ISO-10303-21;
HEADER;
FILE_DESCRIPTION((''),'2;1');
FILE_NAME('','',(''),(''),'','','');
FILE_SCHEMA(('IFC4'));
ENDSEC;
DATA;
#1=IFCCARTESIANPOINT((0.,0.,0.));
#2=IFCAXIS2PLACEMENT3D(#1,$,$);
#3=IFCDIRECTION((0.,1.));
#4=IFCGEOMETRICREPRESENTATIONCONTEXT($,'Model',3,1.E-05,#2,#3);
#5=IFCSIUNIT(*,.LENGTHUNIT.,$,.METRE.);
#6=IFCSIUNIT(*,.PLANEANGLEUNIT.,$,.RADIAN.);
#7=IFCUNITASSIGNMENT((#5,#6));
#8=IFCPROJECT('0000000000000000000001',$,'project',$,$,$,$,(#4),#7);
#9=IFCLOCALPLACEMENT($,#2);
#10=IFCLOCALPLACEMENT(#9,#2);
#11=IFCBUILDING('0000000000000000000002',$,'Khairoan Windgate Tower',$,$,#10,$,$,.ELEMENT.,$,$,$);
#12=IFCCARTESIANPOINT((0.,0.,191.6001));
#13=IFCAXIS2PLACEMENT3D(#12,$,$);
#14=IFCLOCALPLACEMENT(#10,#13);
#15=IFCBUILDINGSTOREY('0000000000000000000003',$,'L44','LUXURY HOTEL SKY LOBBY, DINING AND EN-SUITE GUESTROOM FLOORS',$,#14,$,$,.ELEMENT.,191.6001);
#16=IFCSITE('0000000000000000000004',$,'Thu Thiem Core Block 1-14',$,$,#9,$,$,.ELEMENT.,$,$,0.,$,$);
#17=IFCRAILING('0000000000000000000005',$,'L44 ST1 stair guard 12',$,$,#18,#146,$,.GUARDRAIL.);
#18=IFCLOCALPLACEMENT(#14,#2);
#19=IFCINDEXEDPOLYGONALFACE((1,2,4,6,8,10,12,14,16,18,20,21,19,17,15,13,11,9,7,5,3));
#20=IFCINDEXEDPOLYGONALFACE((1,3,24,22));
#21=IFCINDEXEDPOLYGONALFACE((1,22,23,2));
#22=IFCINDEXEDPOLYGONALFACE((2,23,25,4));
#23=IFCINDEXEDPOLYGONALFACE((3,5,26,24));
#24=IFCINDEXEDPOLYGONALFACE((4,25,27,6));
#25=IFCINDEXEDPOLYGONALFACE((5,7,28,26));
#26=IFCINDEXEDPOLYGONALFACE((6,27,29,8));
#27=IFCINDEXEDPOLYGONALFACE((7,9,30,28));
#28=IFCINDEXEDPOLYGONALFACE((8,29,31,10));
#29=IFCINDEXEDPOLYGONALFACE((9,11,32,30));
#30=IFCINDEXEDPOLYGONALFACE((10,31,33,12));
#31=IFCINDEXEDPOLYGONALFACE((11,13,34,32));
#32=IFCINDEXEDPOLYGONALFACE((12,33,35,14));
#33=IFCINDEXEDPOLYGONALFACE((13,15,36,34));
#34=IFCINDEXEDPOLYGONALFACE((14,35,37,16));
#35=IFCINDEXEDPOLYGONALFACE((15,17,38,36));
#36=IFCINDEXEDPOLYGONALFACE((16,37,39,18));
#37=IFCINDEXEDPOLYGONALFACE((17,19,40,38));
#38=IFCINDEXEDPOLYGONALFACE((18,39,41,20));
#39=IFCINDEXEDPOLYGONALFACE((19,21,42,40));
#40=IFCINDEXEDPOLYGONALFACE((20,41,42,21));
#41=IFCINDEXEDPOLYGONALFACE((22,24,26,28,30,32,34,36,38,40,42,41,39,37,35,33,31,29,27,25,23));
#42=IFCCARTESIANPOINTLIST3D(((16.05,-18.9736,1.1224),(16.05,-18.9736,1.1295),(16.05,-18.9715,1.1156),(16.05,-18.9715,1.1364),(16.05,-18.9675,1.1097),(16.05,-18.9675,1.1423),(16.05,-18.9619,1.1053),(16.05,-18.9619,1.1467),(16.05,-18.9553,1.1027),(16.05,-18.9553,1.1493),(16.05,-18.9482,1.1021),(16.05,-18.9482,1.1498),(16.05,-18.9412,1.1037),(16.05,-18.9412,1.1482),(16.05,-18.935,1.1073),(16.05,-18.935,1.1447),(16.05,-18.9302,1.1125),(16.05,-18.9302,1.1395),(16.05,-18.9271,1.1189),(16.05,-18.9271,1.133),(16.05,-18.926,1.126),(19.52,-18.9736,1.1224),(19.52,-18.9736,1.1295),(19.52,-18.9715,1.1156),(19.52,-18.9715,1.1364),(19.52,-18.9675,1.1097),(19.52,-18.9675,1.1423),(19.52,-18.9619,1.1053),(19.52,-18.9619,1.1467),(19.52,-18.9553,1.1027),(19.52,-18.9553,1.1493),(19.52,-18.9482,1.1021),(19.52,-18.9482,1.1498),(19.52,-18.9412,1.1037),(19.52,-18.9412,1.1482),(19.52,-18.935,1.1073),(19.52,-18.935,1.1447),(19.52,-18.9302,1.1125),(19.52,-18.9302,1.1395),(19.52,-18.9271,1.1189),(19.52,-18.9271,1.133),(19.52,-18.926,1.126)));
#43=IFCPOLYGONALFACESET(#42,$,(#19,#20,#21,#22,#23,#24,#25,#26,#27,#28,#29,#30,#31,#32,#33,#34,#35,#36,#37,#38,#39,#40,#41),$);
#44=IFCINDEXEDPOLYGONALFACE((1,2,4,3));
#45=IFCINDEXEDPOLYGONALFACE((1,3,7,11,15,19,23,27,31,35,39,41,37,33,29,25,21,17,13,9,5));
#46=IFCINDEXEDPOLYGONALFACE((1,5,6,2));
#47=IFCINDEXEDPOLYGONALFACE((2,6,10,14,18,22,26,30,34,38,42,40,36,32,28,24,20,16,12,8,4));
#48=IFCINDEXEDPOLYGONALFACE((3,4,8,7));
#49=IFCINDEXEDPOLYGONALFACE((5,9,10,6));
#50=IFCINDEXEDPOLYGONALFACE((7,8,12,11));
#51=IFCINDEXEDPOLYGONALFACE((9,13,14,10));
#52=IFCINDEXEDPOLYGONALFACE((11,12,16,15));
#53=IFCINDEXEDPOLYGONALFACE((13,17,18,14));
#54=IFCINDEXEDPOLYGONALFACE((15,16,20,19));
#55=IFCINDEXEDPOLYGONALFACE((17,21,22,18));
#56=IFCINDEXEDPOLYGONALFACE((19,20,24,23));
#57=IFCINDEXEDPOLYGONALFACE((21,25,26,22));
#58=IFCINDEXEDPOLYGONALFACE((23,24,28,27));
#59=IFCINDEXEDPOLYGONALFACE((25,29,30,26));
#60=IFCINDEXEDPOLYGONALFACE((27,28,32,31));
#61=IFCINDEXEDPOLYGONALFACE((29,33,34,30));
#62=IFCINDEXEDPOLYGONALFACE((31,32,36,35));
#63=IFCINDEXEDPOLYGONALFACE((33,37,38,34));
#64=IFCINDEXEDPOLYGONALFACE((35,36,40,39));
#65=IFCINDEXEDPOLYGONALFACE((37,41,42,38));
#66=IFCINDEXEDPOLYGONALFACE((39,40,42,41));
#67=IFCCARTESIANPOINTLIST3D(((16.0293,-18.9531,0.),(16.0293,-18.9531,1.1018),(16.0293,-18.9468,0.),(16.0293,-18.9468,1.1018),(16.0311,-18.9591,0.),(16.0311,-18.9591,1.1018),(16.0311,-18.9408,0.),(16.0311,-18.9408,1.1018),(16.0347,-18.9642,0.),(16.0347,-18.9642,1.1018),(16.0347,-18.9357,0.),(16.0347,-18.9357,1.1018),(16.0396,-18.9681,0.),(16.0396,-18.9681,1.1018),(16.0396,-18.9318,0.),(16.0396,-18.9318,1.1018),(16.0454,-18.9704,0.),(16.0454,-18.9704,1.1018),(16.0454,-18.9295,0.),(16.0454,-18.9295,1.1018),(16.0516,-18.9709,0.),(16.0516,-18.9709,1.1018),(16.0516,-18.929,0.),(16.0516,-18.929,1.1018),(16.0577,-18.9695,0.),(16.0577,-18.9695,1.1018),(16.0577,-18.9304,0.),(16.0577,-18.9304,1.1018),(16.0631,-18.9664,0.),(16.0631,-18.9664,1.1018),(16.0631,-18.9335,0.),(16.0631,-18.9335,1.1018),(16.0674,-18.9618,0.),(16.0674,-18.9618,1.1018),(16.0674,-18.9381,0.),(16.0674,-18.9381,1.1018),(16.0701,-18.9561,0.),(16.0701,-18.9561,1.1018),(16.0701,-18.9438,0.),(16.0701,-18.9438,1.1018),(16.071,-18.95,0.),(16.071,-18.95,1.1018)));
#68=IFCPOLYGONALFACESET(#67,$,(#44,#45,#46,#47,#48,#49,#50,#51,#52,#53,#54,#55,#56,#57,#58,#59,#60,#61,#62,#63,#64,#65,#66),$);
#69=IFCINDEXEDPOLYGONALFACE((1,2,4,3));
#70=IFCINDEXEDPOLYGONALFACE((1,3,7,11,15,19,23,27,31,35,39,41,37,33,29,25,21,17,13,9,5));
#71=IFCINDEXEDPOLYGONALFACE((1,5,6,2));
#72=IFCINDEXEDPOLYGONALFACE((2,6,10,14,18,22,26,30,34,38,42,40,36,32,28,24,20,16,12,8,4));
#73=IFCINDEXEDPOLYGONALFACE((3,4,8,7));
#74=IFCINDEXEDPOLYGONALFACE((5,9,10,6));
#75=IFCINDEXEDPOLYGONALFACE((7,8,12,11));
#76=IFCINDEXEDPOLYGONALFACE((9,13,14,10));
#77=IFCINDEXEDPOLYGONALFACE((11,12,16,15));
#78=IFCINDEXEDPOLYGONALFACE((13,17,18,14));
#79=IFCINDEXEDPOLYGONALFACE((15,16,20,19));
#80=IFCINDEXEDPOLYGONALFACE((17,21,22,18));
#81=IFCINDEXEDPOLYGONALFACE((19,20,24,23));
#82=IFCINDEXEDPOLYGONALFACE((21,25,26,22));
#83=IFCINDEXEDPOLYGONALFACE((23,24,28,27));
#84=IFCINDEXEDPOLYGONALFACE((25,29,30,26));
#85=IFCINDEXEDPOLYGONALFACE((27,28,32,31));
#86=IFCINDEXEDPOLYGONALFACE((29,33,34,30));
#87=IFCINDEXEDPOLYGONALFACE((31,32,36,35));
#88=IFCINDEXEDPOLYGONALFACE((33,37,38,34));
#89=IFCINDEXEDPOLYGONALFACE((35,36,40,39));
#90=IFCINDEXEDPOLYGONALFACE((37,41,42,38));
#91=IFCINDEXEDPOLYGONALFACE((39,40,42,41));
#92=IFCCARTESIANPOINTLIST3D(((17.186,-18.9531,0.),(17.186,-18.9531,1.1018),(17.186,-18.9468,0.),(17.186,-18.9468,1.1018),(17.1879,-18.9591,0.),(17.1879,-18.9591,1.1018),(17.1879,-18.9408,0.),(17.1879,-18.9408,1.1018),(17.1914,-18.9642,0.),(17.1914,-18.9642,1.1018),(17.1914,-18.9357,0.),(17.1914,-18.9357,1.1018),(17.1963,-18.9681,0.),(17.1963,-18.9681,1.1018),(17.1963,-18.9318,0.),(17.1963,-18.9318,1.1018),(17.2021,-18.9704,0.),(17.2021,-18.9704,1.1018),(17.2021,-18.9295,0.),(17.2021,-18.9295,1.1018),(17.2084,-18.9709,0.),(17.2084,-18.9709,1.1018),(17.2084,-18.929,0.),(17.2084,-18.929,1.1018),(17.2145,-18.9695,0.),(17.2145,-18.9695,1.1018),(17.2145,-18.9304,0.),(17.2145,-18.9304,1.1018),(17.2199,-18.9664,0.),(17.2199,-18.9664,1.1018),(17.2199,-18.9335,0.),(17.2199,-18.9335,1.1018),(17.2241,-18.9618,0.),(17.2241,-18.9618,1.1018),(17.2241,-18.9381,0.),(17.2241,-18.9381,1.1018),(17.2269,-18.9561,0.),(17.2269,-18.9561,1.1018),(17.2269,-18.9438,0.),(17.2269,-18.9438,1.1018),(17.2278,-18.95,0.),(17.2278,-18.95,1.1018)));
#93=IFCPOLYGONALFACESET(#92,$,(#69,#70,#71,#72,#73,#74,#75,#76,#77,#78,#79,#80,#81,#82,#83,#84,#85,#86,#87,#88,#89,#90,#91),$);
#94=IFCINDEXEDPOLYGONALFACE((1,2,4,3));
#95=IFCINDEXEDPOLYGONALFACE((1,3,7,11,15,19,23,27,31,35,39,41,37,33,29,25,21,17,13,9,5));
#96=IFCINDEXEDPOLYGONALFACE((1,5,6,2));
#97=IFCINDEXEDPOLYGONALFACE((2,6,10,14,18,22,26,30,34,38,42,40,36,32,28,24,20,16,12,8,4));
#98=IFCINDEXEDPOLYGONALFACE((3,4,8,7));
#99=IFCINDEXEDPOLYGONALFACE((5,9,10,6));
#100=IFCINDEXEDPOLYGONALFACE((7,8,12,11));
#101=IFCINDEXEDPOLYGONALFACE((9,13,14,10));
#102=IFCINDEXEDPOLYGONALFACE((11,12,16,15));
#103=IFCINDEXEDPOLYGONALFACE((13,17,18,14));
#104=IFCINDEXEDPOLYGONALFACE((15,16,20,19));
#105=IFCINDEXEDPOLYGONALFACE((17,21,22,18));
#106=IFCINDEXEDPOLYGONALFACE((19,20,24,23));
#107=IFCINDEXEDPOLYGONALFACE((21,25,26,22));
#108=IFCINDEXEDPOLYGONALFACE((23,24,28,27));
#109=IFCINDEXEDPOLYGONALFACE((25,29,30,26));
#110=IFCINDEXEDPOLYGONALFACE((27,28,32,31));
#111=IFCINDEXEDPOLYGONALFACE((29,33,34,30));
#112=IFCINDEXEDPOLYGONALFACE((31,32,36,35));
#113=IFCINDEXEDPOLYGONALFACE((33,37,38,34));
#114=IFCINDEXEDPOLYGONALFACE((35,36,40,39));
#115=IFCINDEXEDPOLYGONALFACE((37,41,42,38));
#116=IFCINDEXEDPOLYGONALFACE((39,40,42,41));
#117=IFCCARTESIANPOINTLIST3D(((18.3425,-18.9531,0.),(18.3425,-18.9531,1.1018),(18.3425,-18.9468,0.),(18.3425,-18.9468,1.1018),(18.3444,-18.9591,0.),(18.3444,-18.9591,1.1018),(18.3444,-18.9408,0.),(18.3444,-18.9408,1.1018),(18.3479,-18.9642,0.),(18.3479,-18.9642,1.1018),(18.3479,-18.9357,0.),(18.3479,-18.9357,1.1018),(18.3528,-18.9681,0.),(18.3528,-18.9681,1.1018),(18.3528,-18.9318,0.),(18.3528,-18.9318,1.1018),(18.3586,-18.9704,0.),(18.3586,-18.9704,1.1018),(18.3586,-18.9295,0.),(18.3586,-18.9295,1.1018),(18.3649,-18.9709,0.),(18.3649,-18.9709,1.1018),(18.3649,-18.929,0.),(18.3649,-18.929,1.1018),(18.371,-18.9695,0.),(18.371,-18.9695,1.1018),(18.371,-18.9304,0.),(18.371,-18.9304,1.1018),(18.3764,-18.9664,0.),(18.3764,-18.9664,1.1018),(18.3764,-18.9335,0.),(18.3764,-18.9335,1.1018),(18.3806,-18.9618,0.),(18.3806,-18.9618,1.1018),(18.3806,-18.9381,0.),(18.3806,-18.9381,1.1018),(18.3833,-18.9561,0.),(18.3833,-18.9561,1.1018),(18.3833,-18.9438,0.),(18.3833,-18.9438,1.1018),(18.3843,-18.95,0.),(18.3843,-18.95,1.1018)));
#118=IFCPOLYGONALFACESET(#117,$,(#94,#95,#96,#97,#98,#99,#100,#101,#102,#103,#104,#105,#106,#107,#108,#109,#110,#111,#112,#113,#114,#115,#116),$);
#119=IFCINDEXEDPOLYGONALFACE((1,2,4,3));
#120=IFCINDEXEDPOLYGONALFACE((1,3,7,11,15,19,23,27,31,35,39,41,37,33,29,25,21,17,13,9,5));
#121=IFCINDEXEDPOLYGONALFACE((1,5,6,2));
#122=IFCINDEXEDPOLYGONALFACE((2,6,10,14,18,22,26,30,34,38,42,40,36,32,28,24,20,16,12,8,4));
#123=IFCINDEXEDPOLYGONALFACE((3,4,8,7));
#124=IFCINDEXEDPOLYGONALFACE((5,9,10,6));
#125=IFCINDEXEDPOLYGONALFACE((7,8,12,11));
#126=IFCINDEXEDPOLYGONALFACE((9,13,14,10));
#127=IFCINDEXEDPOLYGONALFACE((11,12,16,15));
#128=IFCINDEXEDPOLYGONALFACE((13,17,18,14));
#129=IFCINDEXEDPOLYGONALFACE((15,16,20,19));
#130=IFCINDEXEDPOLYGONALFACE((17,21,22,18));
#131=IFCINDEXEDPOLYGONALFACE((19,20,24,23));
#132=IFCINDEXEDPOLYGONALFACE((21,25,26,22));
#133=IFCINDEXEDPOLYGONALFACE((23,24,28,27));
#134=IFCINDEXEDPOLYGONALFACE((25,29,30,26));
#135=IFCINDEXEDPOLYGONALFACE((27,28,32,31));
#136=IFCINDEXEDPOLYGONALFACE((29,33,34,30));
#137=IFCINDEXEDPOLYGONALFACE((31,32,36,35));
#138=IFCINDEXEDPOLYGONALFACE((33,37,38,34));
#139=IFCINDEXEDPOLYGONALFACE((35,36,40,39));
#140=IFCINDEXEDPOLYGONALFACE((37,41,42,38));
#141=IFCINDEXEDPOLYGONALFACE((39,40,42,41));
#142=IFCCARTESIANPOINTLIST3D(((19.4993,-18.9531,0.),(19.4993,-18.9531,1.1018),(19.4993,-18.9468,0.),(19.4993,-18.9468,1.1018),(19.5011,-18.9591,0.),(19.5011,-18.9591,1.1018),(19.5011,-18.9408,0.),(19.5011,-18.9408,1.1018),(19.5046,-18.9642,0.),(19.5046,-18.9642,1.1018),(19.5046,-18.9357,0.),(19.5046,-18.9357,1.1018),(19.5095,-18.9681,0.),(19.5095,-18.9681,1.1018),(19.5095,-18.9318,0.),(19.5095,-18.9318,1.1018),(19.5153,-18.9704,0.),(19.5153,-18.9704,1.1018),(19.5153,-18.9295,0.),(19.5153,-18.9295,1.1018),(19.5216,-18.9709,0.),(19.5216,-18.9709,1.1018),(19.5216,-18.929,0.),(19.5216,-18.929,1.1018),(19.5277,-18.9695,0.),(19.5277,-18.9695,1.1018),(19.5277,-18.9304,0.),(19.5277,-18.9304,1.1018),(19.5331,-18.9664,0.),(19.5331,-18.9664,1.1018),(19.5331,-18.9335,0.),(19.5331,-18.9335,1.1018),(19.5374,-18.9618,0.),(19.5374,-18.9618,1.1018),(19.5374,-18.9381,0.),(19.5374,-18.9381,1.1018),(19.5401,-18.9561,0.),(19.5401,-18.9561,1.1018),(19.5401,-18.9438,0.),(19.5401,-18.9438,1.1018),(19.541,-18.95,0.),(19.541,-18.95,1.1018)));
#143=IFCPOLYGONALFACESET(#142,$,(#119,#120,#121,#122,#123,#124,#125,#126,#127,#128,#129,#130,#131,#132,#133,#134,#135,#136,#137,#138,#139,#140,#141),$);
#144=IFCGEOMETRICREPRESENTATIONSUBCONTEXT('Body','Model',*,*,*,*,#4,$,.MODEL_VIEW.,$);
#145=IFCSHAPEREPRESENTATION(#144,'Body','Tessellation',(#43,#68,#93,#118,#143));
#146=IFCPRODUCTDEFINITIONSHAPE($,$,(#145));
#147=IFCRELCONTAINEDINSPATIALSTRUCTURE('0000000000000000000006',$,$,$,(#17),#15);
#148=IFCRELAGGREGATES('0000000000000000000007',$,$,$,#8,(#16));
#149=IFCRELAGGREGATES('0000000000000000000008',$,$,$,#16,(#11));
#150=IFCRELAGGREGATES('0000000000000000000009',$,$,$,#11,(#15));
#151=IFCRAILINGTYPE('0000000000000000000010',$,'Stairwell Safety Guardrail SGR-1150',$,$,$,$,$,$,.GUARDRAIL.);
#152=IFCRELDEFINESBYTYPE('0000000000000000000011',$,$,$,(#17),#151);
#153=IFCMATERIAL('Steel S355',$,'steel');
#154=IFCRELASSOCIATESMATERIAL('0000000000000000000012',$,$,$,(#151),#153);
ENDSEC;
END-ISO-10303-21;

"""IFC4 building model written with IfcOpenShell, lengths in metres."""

from ifc_helpers import new_model, si_unit, direction, frame, origin, origin_2d, place, context, subcontext, project, spatial, circle, extrude, material, type_object, element, save


model = new_model("IFC4")

# Units and contexts
model_context = context("Model", 3, precision=1e-05, world=origin(), true_north=direction((0.0, 1.0)))
body_context = subcontext(model_context, "Body", "Model", "MODEL_VIEW")
ifc_project = project(units=[si_unit("LENGTHUNIT", "METRE"), si_unit("PLANEANGLEUNIT", "RADIAN")], contexts=[model_context])

# Site, building, storey
site_placement = place(None, origin())
site = spatial("IfcSite", under=ifc_project, at=site_placement, Name="Thu Thiem Core Block 1-14", CompositionType="ELEMENT", RefElevation=0.0)
building_placement = place(site_placement, origin())
building = spatial("IfcBuilding", under=site, at=building_placement, Name="Khairoan Windgate Tower", CompositionType="ELEMENT")
storey_placement = place(building_placement, frame((0.0, 0.0, 191.6001)))
storey = spatial("IfcBuildingStorey", under=building, at=storey_placement, Name="L44", Description="LUXURY HOTEL SKY LOBBY, DINING AND EN-SUITE GUESTROOM FLOORS", CompositionType="ELEMENT", Elevation=191.6001)

# Railing
ifc_material_1 = material(Name="Steel S355", Category="steel")
railing_type = type_object("IfcRailingType", Name="Stairwell Safety Guardrail SGR-1150", PredefinedType="GUARDRAIL", material=ifc_material_1)
railing_1_placement = place(storey_placement, frame((16.05, -18.95, 0.0)))
element("IfcRailing", 1, at=railing_1_placement, inside=storey, type_object=railing_type, Name="L44 ST1 stair guard 12", PredefinedType="GUARDRAIL", context=body_context, shape_type="SweptSolid", body=[
    extrude(circle(Radius=0.0239, at=origin_2d()), frame((0.0, 0.0, 1.126), z_axis=(1.0, 0.0, 0.0), x_axis=(0.0, 1.0, 0.0)), (0.0, 0.0, 1.0), 3.47),
    extrude(circle(Radius=0.021, at=origin_2d()), origin(), (0.0, 0.0, 1.0), 1.1018),
    extrude(circle(Radius=0.021, at=origin_2d()), frame((1.1567, 0.0, 0.0)), (0.0, 0.0, 1.0), 1.1018),
    extrude(circle(Radius=0.021, at=origin_2d()), frame((2.3132, 0.0, 0.0)), (0.0, 0.0, 1.0), 1.1018),
    extrude(circle(Radius=0.021, at=origin_2d()), frame((3.47, 0.0, 0.0)), (0.0, 0.0, 1.0), 1.1018),
])

save(model, "model.ifc")
